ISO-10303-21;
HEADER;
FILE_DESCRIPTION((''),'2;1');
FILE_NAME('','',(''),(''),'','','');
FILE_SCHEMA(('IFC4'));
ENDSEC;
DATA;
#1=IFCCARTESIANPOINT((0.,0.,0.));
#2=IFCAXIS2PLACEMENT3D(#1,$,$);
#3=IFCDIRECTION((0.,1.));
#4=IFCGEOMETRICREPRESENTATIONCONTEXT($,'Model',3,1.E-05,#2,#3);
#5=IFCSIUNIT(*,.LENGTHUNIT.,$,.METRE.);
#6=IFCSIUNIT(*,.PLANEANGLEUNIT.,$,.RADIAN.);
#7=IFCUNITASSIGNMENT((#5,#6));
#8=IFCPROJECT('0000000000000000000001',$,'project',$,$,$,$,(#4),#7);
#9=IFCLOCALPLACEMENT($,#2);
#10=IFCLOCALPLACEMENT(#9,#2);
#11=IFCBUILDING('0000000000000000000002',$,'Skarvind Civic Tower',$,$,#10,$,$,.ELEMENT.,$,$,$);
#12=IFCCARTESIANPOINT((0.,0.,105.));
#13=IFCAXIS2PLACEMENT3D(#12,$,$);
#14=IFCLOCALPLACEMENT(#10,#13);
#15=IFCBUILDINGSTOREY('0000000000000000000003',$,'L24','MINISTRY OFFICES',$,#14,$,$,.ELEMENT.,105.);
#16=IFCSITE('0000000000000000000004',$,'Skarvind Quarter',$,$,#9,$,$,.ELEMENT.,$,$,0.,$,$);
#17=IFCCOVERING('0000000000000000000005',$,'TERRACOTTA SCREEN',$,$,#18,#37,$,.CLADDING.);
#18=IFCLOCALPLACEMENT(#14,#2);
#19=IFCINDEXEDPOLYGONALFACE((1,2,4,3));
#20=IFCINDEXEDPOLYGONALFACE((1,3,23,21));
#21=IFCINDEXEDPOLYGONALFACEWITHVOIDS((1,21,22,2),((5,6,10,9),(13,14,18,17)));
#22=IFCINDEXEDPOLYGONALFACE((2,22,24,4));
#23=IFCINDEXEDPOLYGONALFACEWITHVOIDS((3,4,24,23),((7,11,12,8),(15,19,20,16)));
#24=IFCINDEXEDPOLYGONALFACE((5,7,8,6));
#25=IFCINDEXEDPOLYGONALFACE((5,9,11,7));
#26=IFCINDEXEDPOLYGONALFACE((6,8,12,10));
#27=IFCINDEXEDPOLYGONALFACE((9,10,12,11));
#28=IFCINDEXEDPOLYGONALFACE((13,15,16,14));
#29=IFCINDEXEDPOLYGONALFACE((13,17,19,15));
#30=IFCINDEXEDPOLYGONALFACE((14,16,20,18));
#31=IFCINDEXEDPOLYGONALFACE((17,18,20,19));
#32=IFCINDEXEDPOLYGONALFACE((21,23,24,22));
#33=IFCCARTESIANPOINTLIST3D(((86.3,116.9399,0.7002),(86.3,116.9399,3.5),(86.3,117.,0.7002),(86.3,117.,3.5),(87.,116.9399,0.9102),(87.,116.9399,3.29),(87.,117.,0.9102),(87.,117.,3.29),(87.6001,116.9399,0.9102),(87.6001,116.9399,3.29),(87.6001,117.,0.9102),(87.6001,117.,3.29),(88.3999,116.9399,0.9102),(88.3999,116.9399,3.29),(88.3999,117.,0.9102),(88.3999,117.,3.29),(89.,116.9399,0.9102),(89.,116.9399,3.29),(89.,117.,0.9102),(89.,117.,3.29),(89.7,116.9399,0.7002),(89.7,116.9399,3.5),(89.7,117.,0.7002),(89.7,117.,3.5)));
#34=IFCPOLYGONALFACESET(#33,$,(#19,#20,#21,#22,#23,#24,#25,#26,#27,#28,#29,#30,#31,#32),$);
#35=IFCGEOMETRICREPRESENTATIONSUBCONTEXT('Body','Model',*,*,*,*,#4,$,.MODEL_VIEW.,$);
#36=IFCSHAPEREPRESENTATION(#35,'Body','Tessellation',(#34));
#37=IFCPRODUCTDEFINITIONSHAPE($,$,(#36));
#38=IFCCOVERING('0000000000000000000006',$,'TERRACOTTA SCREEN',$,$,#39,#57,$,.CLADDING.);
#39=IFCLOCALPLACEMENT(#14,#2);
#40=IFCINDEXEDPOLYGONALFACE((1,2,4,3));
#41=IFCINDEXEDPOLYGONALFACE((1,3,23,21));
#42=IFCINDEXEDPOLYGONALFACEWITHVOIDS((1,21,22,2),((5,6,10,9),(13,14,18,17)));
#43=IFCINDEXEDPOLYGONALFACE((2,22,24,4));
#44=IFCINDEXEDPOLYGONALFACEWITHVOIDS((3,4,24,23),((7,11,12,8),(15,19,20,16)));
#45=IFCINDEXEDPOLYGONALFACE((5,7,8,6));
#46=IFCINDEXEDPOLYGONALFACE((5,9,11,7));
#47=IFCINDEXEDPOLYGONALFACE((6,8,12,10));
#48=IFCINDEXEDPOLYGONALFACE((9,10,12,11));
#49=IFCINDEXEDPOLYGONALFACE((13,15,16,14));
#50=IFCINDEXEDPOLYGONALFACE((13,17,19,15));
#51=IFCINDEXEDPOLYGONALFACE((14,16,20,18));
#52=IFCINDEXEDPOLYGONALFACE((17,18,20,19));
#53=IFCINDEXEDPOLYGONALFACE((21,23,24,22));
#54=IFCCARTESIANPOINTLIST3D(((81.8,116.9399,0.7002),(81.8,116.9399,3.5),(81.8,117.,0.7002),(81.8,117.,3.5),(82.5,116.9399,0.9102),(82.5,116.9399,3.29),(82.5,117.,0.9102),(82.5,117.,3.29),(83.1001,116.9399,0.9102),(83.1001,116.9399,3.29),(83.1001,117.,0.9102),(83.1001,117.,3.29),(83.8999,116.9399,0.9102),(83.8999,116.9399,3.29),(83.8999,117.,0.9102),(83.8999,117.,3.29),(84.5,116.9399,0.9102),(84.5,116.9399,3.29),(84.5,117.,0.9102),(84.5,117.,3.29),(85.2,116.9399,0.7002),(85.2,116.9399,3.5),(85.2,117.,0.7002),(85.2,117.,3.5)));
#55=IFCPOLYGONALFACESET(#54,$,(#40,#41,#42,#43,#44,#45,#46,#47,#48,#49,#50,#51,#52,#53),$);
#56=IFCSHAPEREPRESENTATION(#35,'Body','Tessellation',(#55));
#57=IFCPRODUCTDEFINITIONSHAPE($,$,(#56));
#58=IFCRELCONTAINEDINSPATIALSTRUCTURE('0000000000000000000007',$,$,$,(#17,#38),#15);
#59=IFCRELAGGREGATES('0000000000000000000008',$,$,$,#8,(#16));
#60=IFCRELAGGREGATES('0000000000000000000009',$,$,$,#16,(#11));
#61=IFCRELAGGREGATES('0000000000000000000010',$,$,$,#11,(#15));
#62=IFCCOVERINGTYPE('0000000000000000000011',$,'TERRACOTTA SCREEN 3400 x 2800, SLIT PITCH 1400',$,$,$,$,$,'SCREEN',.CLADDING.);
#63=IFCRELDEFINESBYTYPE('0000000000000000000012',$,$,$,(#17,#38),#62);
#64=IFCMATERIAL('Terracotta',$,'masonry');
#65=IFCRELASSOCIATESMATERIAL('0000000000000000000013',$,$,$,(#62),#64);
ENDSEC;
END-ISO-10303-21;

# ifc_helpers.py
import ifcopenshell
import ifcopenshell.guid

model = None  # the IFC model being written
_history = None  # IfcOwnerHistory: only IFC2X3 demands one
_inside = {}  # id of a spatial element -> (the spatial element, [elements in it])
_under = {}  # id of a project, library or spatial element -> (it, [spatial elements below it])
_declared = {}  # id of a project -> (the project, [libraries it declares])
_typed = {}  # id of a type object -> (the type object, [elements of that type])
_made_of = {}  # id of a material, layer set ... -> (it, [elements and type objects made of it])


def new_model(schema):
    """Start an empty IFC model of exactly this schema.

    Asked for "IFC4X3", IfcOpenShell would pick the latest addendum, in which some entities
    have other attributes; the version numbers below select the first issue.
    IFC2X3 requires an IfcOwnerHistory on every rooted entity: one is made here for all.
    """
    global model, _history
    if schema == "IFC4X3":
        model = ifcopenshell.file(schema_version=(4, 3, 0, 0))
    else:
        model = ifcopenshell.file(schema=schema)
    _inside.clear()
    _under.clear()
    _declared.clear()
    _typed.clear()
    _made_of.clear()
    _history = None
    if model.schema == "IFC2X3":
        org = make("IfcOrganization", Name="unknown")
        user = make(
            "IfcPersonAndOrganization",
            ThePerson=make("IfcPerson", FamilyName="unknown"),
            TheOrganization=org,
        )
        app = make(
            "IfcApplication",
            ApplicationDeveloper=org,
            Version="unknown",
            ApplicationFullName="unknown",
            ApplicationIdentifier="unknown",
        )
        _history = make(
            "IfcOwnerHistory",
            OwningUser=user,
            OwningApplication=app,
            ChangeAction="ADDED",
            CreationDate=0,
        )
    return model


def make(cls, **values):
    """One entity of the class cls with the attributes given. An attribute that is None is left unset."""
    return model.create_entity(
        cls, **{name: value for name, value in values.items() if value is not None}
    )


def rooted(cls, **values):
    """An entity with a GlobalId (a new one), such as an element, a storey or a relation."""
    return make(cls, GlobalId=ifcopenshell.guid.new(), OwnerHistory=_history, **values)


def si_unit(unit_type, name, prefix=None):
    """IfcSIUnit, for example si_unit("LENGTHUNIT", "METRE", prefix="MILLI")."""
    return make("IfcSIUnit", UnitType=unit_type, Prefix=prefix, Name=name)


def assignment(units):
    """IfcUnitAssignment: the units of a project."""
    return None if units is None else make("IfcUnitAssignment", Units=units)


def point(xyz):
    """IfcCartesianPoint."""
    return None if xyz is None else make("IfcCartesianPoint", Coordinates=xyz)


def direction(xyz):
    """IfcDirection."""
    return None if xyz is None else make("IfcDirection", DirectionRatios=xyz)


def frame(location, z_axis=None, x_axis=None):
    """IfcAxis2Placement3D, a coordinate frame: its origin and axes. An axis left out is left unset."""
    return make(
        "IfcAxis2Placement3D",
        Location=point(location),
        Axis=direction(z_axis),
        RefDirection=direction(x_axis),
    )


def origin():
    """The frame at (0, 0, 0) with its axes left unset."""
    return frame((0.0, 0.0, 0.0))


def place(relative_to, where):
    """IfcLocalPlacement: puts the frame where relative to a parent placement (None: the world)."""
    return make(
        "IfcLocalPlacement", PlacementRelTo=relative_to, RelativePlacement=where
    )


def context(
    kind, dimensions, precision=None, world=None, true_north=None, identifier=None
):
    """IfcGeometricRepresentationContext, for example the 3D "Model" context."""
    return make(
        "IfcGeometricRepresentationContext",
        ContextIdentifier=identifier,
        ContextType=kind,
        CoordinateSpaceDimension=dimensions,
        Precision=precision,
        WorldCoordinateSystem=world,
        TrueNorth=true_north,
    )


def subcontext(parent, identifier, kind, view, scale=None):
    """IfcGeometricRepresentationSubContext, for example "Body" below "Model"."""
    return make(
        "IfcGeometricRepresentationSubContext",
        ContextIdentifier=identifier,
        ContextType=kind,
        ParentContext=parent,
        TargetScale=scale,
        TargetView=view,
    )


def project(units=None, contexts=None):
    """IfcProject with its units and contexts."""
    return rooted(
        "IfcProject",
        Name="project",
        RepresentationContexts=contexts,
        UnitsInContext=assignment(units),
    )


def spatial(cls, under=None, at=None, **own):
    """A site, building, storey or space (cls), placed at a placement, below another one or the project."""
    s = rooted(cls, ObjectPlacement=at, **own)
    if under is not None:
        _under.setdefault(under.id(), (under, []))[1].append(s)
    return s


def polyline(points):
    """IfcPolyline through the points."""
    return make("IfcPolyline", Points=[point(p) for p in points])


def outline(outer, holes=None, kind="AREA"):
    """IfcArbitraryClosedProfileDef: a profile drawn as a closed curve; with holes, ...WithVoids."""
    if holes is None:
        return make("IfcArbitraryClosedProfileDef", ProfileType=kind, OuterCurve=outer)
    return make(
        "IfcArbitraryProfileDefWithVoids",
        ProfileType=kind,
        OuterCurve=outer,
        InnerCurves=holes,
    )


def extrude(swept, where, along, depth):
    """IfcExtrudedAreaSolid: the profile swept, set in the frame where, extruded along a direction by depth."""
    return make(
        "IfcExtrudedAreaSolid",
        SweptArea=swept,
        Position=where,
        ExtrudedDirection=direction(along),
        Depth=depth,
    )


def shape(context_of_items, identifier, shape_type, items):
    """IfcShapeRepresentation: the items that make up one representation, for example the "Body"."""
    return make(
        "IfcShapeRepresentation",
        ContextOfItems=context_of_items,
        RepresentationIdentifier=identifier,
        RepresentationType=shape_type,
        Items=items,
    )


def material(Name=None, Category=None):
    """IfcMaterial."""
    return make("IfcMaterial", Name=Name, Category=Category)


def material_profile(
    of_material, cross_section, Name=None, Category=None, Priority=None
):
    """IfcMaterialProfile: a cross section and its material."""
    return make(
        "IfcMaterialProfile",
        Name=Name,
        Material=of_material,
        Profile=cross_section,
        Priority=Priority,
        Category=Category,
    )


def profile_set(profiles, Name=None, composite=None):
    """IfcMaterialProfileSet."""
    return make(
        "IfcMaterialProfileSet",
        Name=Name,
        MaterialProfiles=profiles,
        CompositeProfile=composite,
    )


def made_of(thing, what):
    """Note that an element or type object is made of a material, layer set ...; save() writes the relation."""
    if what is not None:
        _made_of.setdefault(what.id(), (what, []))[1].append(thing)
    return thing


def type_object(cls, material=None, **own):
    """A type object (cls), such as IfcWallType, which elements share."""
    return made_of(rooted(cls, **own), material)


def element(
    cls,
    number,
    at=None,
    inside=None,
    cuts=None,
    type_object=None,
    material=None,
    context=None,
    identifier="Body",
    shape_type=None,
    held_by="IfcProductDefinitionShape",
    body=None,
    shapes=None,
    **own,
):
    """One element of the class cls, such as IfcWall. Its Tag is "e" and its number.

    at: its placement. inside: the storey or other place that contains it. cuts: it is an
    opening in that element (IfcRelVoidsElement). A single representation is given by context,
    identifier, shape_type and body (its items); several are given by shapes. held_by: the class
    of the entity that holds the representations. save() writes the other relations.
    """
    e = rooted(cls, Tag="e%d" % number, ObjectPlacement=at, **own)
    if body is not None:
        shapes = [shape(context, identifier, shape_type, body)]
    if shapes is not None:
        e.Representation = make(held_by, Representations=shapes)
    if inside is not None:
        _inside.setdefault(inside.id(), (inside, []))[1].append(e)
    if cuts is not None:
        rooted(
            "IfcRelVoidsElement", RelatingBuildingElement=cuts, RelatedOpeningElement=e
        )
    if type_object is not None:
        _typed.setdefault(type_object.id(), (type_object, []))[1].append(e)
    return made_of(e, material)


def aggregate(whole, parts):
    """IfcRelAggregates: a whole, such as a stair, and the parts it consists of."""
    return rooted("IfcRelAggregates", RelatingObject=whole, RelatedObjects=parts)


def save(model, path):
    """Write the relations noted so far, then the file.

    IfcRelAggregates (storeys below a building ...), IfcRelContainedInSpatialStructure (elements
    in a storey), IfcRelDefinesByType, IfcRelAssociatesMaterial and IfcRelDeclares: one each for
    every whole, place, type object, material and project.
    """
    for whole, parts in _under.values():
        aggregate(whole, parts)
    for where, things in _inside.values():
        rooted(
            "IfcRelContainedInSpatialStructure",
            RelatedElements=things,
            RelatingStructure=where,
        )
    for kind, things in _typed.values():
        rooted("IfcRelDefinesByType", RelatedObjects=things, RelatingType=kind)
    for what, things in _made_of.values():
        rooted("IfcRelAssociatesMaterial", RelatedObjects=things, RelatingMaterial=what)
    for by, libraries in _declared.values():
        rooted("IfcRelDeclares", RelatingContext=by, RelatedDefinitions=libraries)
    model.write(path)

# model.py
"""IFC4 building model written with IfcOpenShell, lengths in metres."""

from ifc_helpers import new_model, si_unit, direction, frame, origin, place, context, subcontext, project, spatial, polyline, outline, extrude, material, material_profile, profile_set, type_object, element, save


model = new_model("IFC4")

# Units and contexts
model_context = context("Model", 3, precision=1e-05, world=origin(), true_north=direction((0.0, 1.0)))
body_context = subcontext(model_context, "Body", "Model", "MODEL_VIEW")
ifc_project = project(units=[si_unit("LENGTHUNIT", "METRE"), si_unit("PLANEANGLEUNIT", "RADIAN")], contexts=[model_context])

# Site, building, storey
site_placement = place(None, origin())
site = spatial("IfcSite", under=ifc_project, at=site_placement, Name="Skarvind Quarter", CompositionType="ELEMENT", RefElevation=0.0)
building_placement = place(site_placement, origin())
building = spatial("IfcBuilding", under=site, at=building_placement, Name="Skarvind Civic Tower", CompositionType="ELEMENT")
storey_placement = place(building_placement, frame((0.0, 0.0, 105.0)))
storey = spatial("IfcBuildingStorey", under=building, at=storey_placement, Name="L24", Description="MINISTRY OFFICES", CompositionType="ELEMENT", Elevation=105.0)

# Coverings
ifc_material_1 = material(Name="Terracotta", Category="masonry")
ifc_material_profile_1 = material_profile(ifc_material_1, outline(polyline([(-1.7, -1.3999), (1.7, -1.3999), (1.7, 1.3999), (-1.7, 1.3999), (-1.7, -1.3999)]), holes=[polyline([(-1.0, -1.1899), (-0.3999, -1.1899), (-0.3999, 1.1899), (-1.0, 1.1899), (-1.0, -1.1899)]), polyline([(0.3999, -1.1899), (1.0, -1.1899), (1.0, 1.1899), (0.3999, 1.1899), (0.3999, -1.1899)])]), Name="TERRACOTTA SCREEN 3400 x 2800, SLIT PITCH 1400")
ifc_profile_set_1 = profile_set([ifc_material_profile_1], Name="Terracotta")
covering_type = type_object("IfcCoveringType", Name="TERRACOTTA SCREEN 3400 x 2800, SLIT PITCH 1400", ElementType="SCREEN", PredefinedType="CLADDING", material=ifc_profile_set_1)
for number, where, z_axis, x_axis, name in (
    (1, (88.0, 117.0, 2.1001), (0.0, -1.0, 0.0), (1.0, 0.0, 0.0), "TERRACOTTA SCREEN"),
    (2, (83.5, 117.0, 2.1001), (0.0, -1.0, 0.0), (1.0, 0.0, 0.0), "TERRACOTTA SCREEN"),
):
    element("IfcCovering", number, at=place(storey_placement, frame(where, z_axis=z_axis, x_axis=x_axis)), inside=storey, type_object=covering_type, Name=name, PredefinedType="CLADDING", context=body_context, shape_type="SweptSolid", body=[
        extrude(outline(polyline([(-1.7, -1.3999), (1.7, -1.3999), (1.7, 1.3999), (-1.7, 1.3999), (-1.7, -1.3999)]), holes=[polyline([(-1.0, -1.1899), (-0.3999, -1.1899), (-0.3999, 1.1899), (-1.0, 1.1899), (-1.0, -1.1899)]), polyline([(0.3999, -1.1899), (1.0, -1.1899), (1.0, 1.1899), (0.3999, 1.1899), (0.3999, -1.1899)])]), origin(), (0.0, 0.0, 1.0), 0.0601),
    ])

save(model, "model.ifc")
